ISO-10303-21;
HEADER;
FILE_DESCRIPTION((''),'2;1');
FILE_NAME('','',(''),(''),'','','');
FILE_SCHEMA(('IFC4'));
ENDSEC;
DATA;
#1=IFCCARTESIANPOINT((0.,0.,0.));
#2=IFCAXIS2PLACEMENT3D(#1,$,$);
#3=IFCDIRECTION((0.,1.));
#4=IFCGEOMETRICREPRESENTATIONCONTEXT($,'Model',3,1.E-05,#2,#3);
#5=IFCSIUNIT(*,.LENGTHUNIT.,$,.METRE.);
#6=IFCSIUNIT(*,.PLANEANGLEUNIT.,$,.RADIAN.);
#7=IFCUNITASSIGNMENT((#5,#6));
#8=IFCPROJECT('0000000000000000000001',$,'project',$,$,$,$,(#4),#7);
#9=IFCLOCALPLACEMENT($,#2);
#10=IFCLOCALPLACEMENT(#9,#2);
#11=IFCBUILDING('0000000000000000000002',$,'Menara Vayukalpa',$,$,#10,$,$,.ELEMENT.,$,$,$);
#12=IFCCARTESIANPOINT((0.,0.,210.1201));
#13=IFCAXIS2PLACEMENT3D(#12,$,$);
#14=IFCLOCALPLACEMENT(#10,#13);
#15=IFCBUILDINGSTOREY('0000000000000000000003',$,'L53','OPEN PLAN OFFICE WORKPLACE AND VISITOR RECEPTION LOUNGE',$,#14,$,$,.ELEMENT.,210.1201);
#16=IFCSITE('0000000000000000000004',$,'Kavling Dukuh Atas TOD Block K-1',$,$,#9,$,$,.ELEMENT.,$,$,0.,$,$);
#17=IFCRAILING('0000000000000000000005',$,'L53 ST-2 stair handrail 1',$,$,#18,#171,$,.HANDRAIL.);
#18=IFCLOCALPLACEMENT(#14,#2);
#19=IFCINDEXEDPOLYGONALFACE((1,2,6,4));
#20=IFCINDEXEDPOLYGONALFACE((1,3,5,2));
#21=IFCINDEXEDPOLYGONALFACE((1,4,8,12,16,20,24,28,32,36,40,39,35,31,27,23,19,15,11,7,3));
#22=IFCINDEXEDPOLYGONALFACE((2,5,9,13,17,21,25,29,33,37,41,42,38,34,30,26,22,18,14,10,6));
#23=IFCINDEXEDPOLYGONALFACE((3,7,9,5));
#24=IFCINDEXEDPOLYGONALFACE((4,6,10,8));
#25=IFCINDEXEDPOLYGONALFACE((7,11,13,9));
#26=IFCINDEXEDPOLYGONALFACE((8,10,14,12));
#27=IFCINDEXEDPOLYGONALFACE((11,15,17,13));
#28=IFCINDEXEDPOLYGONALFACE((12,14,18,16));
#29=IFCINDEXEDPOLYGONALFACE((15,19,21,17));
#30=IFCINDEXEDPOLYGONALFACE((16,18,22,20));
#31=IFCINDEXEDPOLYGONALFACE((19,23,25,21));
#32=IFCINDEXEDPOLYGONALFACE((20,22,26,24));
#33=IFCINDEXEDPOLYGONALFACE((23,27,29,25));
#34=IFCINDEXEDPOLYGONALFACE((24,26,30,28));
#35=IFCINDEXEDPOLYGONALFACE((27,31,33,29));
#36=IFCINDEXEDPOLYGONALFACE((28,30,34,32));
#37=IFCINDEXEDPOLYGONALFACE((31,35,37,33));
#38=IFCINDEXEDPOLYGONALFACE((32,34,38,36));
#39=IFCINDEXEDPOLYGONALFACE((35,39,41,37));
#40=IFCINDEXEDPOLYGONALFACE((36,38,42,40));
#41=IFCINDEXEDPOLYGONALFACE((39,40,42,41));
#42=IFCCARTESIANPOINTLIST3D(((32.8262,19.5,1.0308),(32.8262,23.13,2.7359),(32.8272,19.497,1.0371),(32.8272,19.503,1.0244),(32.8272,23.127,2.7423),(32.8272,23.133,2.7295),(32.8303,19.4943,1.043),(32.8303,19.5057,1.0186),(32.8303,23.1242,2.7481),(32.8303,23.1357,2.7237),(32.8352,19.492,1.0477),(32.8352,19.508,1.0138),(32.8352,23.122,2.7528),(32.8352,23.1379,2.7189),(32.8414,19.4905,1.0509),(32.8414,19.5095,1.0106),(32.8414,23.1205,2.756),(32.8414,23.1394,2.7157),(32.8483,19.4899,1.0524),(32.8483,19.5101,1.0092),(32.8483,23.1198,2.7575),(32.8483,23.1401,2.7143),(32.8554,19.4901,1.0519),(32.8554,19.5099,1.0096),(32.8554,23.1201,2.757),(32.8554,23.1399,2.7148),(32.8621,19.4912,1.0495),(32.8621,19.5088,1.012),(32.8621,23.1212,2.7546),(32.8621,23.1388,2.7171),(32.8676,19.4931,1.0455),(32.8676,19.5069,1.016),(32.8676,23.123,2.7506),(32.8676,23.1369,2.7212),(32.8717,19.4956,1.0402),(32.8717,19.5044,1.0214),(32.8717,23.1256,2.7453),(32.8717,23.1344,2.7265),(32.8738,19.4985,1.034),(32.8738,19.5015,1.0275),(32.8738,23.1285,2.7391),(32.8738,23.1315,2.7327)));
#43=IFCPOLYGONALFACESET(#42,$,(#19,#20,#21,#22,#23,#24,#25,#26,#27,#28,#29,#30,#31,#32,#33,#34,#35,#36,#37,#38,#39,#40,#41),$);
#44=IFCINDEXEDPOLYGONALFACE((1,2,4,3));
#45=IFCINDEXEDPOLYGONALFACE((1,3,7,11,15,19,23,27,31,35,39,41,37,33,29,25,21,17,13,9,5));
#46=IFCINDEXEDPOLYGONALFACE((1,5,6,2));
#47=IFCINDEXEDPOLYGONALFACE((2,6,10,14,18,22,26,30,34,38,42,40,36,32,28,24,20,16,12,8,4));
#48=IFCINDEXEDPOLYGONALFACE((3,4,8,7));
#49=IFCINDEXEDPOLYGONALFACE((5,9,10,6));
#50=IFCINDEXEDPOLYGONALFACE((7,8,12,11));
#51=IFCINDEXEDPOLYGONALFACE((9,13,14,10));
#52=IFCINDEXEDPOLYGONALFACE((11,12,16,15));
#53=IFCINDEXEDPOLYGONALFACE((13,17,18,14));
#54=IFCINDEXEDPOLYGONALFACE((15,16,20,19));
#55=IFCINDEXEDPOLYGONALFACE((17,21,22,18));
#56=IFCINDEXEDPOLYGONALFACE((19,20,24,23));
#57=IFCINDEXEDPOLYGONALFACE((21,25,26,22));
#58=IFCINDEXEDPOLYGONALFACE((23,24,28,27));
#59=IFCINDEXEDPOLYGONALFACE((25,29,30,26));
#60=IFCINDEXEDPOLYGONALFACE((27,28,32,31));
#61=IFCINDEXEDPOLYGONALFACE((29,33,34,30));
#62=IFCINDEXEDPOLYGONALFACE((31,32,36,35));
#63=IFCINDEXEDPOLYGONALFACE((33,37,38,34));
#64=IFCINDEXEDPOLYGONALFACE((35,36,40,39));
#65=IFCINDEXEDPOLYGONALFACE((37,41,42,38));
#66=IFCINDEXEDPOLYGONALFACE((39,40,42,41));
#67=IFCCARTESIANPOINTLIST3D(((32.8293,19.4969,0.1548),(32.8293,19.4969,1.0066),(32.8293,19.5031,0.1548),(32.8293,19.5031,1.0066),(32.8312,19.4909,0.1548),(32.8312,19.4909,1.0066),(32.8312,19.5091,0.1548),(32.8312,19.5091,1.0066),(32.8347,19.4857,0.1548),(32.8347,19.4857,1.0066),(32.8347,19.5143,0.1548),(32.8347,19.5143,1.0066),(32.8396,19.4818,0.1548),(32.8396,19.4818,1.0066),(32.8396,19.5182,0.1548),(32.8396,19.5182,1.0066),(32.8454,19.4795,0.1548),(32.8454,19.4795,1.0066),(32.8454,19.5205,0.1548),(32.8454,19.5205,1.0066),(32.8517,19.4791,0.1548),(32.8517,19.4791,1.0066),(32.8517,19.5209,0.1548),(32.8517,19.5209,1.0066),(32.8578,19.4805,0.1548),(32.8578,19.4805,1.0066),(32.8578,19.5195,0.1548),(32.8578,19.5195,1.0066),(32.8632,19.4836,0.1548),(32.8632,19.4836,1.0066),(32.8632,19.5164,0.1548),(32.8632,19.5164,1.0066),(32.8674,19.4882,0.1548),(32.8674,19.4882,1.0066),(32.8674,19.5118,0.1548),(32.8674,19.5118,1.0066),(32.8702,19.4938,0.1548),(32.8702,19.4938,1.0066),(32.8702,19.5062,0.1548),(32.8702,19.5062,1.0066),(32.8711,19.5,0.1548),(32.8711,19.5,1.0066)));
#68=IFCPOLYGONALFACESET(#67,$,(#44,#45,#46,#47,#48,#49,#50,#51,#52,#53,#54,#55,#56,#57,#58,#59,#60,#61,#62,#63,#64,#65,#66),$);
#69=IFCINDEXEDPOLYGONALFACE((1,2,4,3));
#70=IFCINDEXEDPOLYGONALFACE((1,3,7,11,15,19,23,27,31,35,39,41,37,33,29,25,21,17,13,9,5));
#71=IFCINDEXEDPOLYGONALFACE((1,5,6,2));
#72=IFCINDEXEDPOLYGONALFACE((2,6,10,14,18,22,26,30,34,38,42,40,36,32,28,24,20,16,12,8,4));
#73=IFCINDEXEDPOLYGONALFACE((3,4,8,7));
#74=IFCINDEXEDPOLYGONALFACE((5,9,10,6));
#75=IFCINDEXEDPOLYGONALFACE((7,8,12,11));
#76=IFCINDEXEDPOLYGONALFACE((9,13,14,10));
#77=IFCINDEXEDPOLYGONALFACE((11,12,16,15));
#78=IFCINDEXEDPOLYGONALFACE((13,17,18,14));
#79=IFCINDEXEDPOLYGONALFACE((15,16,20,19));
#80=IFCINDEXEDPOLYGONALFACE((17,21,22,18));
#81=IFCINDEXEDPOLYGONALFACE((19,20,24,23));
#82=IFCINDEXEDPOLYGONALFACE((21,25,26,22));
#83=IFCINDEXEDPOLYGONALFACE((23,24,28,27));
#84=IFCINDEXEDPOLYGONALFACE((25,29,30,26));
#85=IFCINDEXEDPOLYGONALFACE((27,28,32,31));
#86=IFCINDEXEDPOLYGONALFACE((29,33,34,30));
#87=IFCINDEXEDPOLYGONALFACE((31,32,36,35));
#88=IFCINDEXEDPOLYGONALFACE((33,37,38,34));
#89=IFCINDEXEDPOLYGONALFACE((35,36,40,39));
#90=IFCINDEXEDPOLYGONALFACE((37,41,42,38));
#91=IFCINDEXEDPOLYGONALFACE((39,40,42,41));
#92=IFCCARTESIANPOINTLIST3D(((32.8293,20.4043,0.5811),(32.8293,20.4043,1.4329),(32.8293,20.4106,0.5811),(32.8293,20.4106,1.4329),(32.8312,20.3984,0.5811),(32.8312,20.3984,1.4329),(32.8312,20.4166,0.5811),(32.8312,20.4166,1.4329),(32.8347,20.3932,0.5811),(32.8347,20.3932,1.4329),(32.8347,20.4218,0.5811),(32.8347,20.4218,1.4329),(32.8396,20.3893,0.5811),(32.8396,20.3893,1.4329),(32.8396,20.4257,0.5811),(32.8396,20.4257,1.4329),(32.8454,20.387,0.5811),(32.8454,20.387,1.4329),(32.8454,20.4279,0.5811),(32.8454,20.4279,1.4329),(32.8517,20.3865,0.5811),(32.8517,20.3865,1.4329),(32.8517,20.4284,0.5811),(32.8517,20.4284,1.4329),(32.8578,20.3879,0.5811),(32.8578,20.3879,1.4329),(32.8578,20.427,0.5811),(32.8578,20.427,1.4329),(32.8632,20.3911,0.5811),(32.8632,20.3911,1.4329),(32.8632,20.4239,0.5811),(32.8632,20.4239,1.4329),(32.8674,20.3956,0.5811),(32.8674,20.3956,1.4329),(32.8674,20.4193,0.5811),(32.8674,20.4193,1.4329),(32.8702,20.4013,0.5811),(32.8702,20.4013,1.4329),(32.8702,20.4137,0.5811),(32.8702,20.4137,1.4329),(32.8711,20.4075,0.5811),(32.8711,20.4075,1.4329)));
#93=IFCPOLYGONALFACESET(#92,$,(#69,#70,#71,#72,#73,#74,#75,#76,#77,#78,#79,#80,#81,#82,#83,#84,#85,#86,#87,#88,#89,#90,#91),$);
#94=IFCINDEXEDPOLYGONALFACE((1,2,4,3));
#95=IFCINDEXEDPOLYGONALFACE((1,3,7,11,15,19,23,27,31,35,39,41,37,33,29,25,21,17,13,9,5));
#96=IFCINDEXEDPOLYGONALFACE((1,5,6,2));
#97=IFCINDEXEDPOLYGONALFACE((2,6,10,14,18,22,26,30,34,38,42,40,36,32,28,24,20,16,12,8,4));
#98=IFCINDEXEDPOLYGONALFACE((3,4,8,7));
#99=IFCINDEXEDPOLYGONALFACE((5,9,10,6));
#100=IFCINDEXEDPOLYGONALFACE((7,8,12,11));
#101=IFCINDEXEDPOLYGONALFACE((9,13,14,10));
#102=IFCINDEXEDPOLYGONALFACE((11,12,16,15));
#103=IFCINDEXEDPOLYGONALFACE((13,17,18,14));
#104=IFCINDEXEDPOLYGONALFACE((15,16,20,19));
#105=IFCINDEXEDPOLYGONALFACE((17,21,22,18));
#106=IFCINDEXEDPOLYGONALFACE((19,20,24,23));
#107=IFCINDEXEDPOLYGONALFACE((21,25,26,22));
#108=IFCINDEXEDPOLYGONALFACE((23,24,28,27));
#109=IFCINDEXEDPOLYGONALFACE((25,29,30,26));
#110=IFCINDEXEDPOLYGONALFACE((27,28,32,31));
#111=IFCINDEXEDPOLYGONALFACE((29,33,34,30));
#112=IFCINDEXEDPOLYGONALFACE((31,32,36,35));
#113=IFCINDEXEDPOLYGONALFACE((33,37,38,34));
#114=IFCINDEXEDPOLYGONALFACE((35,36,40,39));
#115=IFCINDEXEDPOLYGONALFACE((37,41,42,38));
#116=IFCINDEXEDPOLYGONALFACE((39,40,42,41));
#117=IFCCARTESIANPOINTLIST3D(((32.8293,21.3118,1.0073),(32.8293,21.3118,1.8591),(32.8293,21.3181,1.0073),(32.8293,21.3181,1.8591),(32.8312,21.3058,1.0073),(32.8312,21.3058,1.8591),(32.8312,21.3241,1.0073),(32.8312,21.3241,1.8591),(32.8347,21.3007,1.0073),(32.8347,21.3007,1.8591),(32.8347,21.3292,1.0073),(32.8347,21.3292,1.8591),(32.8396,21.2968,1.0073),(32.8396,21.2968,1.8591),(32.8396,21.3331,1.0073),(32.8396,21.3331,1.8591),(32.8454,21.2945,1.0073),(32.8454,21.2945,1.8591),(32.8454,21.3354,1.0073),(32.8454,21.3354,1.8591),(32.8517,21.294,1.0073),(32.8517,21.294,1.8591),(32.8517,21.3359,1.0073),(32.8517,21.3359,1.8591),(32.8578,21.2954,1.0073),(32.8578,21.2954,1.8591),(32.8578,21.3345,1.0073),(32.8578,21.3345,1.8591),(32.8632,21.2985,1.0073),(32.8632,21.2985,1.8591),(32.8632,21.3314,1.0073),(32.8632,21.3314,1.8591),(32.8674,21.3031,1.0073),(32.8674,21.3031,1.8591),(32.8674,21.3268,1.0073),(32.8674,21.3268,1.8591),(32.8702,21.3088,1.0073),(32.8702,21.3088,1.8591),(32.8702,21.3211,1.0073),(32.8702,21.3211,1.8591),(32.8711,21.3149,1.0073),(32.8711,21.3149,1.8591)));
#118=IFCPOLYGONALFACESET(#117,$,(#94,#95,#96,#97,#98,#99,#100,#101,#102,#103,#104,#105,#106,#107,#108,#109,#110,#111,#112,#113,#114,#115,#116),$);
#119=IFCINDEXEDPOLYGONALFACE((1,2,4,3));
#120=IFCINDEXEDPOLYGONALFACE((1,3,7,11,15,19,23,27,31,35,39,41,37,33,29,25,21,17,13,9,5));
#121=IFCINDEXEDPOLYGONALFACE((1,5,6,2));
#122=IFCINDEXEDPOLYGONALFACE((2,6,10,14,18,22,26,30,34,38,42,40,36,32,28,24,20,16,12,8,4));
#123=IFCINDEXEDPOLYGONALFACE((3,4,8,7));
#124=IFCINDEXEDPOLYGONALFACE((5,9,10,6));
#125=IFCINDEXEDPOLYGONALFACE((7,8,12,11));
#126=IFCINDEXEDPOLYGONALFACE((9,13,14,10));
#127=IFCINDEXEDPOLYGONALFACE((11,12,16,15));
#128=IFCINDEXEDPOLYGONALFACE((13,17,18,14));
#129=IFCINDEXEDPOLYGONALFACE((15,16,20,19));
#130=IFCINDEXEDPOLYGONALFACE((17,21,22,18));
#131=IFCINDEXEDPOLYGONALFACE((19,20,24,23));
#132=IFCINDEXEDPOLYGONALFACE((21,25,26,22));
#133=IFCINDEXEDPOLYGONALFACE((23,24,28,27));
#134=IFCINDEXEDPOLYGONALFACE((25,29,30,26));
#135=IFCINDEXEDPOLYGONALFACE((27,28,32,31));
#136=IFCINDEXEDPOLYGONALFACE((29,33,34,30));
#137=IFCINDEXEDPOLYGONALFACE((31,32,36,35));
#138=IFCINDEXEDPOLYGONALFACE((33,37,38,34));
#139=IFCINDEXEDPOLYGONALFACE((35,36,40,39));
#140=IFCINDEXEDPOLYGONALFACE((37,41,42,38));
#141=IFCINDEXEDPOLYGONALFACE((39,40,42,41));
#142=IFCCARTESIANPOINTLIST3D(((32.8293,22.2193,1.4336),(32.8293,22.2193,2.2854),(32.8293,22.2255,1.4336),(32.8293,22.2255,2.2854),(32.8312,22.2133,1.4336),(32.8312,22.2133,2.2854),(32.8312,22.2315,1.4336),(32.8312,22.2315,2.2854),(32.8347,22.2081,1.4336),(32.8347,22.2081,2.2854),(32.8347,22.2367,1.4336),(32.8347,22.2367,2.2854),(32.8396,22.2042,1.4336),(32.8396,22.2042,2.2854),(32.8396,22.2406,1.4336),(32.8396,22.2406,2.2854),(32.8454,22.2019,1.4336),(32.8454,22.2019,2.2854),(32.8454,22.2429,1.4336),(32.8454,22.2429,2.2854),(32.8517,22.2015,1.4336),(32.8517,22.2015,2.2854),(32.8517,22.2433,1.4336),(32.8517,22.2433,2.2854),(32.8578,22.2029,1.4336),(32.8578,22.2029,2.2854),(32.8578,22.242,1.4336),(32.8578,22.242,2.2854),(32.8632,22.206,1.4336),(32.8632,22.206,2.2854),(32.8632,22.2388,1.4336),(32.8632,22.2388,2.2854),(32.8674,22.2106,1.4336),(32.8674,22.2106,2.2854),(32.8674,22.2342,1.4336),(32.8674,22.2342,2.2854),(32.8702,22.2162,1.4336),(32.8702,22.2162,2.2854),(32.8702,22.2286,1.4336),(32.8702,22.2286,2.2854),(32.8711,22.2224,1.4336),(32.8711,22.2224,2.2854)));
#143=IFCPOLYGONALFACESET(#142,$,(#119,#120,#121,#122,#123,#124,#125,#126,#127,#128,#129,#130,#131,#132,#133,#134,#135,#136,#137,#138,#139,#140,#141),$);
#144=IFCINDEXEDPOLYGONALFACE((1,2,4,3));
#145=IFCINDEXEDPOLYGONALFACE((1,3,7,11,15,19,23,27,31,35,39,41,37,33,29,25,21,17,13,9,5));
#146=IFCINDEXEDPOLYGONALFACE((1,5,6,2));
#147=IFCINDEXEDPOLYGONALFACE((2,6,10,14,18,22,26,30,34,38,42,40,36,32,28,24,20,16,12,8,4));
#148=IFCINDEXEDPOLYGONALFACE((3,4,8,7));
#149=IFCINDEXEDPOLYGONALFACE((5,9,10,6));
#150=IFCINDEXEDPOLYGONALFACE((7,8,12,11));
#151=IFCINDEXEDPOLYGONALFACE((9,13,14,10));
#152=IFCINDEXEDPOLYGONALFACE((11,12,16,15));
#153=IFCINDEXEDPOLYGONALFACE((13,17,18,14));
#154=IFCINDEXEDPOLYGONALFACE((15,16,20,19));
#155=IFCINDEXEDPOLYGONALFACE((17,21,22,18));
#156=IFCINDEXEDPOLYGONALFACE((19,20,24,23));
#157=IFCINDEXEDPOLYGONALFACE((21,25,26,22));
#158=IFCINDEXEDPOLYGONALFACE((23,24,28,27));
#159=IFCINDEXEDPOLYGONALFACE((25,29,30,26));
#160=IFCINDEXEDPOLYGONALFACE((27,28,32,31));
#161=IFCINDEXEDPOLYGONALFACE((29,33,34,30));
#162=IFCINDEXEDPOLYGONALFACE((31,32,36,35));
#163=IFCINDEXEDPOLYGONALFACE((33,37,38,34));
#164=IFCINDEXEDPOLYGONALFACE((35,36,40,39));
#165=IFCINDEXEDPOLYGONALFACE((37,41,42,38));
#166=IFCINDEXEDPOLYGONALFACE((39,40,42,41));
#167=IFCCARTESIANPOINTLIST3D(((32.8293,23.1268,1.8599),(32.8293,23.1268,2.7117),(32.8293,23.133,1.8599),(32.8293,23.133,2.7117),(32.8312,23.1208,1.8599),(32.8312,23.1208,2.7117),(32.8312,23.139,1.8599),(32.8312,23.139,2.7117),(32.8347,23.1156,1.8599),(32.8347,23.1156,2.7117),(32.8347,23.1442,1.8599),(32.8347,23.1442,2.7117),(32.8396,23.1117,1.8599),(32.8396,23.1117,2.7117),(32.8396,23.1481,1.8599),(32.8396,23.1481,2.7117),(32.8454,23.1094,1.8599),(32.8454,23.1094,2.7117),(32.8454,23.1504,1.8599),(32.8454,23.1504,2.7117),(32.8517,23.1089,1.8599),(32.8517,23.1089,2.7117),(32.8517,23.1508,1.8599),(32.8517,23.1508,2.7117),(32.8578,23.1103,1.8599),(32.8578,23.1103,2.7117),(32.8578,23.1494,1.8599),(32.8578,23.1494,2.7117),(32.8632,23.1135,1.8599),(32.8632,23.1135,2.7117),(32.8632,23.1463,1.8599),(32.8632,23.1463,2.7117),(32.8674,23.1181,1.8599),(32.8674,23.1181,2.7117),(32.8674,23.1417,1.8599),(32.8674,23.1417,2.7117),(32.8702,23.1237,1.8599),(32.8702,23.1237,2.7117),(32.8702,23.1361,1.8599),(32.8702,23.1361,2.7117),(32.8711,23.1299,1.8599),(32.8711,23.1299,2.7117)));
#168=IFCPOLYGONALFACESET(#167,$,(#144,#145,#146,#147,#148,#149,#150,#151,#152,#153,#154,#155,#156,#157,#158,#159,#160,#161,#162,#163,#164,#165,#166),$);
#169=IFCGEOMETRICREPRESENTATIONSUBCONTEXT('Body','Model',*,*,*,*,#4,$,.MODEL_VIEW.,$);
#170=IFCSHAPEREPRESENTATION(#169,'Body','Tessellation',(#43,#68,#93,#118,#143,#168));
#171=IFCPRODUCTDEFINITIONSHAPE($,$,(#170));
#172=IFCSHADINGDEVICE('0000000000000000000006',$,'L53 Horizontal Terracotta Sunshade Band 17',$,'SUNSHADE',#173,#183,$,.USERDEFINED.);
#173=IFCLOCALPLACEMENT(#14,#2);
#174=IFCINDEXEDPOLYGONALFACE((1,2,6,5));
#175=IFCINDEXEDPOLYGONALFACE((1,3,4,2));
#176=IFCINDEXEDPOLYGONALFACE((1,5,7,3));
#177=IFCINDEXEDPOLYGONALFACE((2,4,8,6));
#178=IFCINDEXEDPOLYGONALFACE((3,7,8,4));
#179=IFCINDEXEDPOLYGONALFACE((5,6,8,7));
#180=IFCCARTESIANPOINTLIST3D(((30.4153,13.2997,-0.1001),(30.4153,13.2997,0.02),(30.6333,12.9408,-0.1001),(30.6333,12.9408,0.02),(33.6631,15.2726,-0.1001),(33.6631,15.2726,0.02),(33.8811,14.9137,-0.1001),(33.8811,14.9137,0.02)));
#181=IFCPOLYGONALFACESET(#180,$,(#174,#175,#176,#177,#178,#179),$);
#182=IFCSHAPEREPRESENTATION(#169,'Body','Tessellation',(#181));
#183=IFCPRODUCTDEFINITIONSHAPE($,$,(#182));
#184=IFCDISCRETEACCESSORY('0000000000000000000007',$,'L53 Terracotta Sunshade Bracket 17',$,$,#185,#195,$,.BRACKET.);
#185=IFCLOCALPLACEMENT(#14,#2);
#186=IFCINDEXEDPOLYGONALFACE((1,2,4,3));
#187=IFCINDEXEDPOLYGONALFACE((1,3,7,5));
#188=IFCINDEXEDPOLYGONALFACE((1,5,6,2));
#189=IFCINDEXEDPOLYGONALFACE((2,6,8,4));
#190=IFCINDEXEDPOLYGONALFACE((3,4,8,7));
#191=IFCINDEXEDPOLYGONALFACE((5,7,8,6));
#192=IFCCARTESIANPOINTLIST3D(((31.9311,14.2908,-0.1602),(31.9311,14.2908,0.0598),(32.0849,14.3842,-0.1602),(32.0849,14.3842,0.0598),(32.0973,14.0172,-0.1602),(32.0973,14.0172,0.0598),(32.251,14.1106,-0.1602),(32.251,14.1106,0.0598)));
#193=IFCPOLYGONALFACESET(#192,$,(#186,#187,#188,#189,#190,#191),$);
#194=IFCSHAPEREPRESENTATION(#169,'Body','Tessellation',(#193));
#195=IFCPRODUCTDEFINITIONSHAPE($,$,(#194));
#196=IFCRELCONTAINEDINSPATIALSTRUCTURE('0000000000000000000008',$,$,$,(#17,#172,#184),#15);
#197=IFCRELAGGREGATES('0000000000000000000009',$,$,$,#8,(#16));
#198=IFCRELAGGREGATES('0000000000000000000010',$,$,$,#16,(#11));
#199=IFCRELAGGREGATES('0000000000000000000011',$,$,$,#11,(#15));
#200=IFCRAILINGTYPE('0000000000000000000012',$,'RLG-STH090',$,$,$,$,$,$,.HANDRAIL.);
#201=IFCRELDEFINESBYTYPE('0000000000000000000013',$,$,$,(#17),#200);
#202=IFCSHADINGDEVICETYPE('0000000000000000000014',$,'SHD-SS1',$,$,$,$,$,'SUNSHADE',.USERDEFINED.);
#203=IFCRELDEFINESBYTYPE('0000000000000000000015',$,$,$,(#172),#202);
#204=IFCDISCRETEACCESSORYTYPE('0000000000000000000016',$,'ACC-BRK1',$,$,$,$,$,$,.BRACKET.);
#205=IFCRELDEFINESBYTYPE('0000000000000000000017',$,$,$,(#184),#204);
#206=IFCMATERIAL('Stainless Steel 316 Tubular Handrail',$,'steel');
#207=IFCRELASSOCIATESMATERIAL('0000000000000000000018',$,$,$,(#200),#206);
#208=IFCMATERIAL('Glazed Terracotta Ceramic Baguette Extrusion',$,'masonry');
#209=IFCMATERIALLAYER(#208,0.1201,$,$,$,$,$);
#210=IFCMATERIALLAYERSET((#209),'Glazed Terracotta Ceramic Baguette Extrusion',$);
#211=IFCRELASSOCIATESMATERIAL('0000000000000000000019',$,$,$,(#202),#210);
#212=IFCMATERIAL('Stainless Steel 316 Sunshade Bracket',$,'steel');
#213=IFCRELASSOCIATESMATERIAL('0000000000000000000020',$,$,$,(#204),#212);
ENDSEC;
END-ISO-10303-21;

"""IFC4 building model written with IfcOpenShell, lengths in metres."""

from ifc_helpers import new_model, si_unit, direction, frame, origin, origin_2d, place, context, subcontext, project, spatial, rectangle, circle, extrude, material, layer, layer_set, type_object, element, save


model = new_model("IFC4")

# Units and contexts
model_context = context("Model", 3, precision=1e-05, world=origin(), true_north=direction((0.0, 1.0)))
body_context = subcontext(model_context, "Body", "Model", "MODEL_VIEW")
ifc_project = project(units=[si_unit("LENGTHUNIT", "METRE"), si_unit("PLANEANGLEUNIT", "RADIAN")], contexts=[model_context])

# Site, building, storey
site_placement = place(None, origin())
site = spatial("IfcSite", under=ifc_project, at=site_placement, Name="Kavling Dukuh Atas TOD Block K-1", CompositionType="ELEMENT", RefElevation=0.0)
building_placement = place(site_placement, origin())
building = spatial("IfcBuilding", under=site, at=building_placement, Name="Menara Vayukalpa", CompositionType="ELEMENT")
storey_placement = place(building_placement, frame((0.0, 0.0, 210.1201)))
storey = spatial("IfcBuildingStorey", under=building, at=storey_placement, Name="L53", Description="OPEN PLAN OFFICE WORKPLACE AND VISITOR RECEPTION LOUNGE", CompositionType="ELEMENT", Elevation=210.1201)

# Railing
ifc_material_1 = material(Name="Stainless Steel 316 Tubular Handrail", Category="steel")
railing_type_1 = type_object("IfcRailingType", Name="RLG-STH090", PredefinedType="HANDRAIL", material=ifc_material_1)
railing_1_placement = place(storey_placement, frame((32.8501, 19.5, 0.1548)))
element("IfcRailing", 1, at=railing_1_placement, inside=storey, type_object=railing_type_1, Name="L53 ST-2 stair handrail 1", PredefinedType="HANDRAIL", context=body_context, shape_type="SweptSolid", body=[
    extrude(circle(Radius=0.0239, at=origin_2d()), frame((0.0, 0.0, 0.876), z_axis=(0.0, 0.905116, 0.425164), x_axis=(-1.0, 0.0, 0.0)), (0.0, 0.0, 1.0), 4.0105),
    extrude(circle(Radius=0.021, at=origin_2d()), origin(), (0.0, 0.0, 1.0), 0.8518),
    extrude(circle(Radius=0.021, at=origin_2d()), frame((0.0, 0.9075, 0.4263)), (0.0, 0.0, 1.0), 0.8518),
    extrude(circle(Radius=0.021, at=origin_2d()), frame((0.0, 1.8149, 0.8525)), (0.0, 0.0, 1.0), 0.8518),
    extrude(circle(Radius=0.021, at=origin_2d()), frame((0.0, 2.7224, 1.2788)), (0.0, 0.0, 1.0), 0.8518),
    extrude(circle(Radius=0.021, at=origin_2d()), frame((0.0, 3.6299, 1.7051)), (0.0, 0.0, 1.0), 0.8518),
])

# Shading device
ifc_material_2 = material(Name="Glazed Terracotta Ceramic Baguette Extrusion", Category="masonry")
ifc_layer_1 = layer(ifc_material_2, 0.1201)
ifc_layer_set_1 = layer_set([ifc_layer_1], Name="Glazed Terracotta Ceramic Baguette Extrusion")
shading_device_type = type_object("IfcShadingDeviceType", Name="SHD-SS1", ElementType="SUNSHADE", PredefinedType="USERDEFINED", material=ifc_layer_set_1)
shading_device_placement = place(storey_placement, frame((32.1482, 14.1067, -0.1001), z_axis=(0.0, 0.0, 1.0), x_axis=(0.854667, 0.519176, 0.0)))
element("IfcShadingDevice", 2, at=shading_device_placement, inside=storey, type_object=shading_device_type, Name="L53 Horizontal Terracotta Sunshade Band 17", ObjectType="SUNSHADE", PredefinedType="USERDEFINED", context=body_context, shape_type="SweptSolid", body=[
    extrude(rectangle(XDim=3.8, YDim=0.4199, at=origin_2d()), origin(), (0.0, 0.0, 1.0), 0.1201),
])

# Discrete accessory
ifc_material_3 = material(Name="Stainless Steel 316 Sunshade Bracket", Category="steel")
discrete_accessory_type = type_object("IfcDiscreteAccessoryType", Name="ACC-BRK1", PredefinedType="BRACKET", material=ifc_material_3)
discrete_accessory_placement = place(storey_placement, frame((32.0911, 14.2007, -0.1602), z_axis=(0.0, 0.0, 1.0), x_axis=(0.854667, 0.519176, 0.0)))
element("IfcDiscreteAccessory", 3, at=discrete_accessory_placement, inside=storey, type_object=discrete_accessory_type, Name="L53 Terracotta Sunshade Bracket 17", PredefinedType="BRACKET", context=body_context, shape_type="SweptSolid", body=[
    extrude(rectangle(XDim=0.1799, YDim=0.3201, at=origin_2d()), origin(), (0.0, 0.0, 1.0), 0.22),
])

save(model, "model.ifc")
